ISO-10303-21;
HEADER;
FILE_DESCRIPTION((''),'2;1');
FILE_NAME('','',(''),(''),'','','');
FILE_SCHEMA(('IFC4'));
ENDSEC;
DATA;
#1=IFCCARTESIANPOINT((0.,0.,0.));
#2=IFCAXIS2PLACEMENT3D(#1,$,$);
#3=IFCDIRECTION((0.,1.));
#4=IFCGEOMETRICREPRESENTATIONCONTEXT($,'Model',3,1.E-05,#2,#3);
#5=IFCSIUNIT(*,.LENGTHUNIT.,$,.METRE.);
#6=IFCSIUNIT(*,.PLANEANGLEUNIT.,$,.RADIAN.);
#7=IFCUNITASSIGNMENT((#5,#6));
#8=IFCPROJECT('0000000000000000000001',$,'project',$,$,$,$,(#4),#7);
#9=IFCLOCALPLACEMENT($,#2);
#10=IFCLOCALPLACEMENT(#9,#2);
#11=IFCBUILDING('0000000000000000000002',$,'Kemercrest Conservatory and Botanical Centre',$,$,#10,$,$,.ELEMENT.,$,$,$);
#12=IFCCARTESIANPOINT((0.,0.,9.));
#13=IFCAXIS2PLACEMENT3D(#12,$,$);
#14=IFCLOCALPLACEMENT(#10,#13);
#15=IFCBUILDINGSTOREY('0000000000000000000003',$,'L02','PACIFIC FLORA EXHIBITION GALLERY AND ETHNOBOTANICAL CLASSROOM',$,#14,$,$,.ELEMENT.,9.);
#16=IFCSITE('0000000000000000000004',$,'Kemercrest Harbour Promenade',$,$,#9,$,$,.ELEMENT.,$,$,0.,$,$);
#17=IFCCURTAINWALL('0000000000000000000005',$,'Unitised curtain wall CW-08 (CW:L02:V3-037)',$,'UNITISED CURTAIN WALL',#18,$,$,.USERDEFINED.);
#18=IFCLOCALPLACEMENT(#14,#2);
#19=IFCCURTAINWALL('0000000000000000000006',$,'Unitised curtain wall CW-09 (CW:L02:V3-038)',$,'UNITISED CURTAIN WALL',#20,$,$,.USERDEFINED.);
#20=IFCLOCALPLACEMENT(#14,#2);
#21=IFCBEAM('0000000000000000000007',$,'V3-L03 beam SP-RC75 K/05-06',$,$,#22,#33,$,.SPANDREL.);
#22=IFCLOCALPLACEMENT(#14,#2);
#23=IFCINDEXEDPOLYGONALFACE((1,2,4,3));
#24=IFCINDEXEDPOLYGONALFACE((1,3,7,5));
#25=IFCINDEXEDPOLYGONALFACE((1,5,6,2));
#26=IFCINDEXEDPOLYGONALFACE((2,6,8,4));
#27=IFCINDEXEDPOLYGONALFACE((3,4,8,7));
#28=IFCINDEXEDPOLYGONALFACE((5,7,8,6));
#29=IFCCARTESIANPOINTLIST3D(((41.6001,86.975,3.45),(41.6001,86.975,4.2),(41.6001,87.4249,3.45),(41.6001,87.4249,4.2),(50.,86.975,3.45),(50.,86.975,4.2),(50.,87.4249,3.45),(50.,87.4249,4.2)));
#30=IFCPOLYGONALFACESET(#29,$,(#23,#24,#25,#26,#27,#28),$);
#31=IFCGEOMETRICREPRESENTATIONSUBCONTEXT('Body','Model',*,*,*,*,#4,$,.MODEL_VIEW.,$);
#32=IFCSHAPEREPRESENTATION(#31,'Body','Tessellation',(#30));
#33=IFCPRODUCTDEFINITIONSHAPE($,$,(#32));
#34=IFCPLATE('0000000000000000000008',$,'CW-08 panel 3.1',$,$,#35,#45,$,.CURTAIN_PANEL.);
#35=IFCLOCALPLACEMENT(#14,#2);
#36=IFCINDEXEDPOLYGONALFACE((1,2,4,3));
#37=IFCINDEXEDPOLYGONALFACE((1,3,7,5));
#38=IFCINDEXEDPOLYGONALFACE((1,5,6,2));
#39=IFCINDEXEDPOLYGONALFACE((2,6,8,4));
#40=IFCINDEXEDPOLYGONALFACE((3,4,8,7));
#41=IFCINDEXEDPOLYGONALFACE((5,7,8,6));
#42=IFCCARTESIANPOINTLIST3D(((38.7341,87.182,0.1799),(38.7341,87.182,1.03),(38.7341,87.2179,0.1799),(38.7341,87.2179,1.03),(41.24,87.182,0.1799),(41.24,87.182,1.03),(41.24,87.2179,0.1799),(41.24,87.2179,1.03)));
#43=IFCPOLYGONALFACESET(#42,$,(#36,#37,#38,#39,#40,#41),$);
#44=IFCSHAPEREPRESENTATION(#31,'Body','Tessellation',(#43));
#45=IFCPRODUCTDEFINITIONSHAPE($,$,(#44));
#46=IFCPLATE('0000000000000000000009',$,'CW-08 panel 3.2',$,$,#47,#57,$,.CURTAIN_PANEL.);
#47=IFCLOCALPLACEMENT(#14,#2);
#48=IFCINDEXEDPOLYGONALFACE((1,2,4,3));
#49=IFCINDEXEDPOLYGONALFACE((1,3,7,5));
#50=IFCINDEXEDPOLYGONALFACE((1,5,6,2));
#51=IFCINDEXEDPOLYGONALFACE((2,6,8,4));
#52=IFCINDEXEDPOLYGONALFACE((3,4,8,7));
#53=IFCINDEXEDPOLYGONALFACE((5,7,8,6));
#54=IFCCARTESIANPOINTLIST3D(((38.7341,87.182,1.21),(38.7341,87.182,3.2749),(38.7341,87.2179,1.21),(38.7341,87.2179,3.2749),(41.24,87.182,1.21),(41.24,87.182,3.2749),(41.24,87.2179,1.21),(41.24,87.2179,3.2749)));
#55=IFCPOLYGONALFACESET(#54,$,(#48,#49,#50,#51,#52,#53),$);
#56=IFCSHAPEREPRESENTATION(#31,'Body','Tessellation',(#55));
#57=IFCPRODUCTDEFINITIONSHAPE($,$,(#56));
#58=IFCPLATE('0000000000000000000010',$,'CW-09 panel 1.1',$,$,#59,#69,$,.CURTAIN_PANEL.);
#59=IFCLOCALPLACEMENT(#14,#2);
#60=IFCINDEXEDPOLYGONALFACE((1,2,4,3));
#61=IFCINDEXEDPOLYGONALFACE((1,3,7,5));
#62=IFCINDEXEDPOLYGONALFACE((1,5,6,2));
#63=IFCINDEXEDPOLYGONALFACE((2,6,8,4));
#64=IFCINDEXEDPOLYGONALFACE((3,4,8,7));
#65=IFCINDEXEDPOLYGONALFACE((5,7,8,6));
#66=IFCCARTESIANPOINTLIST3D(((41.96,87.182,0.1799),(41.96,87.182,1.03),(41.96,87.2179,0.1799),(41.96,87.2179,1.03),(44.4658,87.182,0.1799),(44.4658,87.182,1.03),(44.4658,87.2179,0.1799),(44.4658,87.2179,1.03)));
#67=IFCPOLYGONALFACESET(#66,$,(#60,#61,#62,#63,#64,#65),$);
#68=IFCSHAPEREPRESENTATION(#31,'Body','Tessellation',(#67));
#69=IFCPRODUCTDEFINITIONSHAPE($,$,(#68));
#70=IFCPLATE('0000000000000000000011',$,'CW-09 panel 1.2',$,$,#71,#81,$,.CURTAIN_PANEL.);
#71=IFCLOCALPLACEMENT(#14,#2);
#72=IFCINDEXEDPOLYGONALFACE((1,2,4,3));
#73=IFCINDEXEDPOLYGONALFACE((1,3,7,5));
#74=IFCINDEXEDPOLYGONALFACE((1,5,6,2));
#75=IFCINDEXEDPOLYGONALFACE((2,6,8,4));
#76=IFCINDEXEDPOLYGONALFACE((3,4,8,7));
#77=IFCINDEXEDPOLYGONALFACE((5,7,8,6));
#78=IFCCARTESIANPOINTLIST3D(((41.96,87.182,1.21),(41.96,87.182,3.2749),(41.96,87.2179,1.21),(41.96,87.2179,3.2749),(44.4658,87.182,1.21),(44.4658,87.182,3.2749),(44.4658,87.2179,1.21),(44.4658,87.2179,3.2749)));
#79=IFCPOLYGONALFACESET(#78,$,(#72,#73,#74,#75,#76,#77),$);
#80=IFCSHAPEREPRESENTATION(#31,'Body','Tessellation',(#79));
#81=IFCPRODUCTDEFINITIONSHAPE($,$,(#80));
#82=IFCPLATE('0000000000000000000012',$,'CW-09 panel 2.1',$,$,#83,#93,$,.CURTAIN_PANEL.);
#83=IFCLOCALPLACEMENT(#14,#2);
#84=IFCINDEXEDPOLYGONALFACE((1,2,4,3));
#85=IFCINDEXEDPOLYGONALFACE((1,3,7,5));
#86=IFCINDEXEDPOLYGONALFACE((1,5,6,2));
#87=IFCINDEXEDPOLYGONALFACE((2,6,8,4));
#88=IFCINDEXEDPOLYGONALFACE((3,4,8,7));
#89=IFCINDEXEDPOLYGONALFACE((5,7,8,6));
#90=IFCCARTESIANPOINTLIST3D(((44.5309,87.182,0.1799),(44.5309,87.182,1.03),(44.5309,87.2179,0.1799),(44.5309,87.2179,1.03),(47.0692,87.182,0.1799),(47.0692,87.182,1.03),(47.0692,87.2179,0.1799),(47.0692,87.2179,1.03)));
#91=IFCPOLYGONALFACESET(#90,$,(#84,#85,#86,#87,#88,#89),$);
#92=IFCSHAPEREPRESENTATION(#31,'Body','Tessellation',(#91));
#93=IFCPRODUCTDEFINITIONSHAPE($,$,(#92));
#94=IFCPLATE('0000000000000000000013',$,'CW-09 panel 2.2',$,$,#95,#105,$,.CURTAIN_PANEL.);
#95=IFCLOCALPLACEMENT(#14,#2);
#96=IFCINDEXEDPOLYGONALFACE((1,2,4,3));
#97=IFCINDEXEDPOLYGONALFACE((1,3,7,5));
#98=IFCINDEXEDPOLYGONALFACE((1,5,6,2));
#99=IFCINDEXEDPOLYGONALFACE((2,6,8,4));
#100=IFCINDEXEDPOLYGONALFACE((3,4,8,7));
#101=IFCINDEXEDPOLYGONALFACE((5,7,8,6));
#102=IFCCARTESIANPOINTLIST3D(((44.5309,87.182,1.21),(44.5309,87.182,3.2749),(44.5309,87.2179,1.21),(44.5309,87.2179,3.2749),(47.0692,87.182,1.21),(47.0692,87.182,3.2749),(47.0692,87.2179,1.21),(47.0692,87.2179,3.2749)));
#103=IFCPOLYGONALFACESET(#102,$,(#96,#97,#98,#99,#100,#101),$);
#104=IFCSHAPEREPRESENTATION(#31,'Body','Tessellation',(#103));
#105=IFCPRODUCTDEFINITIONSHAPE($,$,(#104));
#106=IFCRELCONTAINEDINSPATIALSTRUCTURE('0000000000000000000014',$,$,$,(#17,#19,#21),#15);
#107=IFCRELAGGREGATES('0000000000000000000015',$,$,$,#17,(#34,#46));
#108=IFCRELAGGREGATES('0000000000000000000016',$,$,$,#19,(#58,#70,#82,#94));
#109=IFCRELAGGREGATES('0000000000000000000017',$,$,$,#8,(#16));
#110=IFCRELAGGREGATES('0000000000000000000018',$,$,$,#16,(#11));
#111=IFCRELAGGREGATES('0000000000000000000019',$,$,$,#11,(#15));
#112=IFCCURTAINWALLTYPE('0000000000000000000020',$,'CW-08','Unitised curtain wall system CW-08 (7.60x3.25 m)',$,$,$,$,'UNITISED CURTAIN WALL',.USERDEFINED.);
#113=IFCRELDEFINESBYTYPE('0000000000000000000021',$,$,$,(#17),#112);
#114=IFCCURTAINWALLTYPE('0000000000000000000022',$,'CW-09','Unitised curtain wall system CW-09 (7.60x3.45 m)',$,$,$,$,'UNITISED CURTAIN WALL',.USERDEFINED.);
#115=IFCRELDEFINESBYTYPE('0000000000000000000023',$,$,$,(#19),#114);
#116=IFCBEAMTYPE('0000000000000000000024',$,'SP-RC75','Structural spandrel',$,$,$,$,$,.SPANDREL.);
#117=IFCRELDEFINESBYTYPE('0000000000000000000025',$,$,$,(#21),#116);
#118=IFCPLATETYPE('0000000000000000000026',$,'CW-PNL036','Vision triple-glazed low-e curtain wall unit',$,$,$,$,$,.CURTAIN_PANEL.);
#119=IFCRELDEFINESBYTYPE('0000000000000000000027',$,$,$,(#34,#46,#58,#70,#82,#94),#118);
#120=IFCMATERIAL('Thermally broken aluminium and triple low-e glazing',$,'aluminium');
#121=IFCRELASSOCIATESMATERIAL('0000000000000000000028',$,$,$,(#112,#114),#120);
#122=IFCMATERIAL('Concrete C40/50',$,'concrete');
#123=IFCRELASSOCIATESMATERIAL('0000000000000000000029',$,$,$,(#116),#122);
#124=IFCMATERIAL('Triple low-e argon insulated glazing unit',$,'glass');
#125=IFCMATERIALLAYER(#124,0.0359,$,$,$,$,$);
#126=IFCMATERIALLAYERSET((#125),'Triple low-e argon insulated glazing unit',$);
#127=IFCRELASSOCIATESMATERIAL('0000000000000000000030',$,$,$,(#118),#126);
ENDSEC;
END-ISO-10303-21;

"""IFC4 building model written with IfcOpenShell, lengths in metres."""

from ifc_helpers import new_model, si_unit, direction, frame, origin, origin_2d, place, context, subcontext, project, spatial, rectangle, extrude, material, layer, layer_set, material_profile, profile_set, type_object, element, aggregate, save


model = new_model("IFC4")

# Units and contexts
model_context = context("Model", 3, precision=1e-05, world=origin(), true_north=direction((0.0, 1.0)))
body_context = subcontext(model_context, "Body", "Model", "MODEL_VIEW")
ifc_project = project(units=[si_unit("LENGTHUNIT", "METRE"), si_unit("PLANEANGLEUNIT", "RADIAN")], contexts=[model_context])

# Site, building, storey
site_placement = place(None, origin())
site = spatial("IfcSite", under=ifc_project, at=site_placement, Name="Kemercrest Harbour Promenade", CompositionType="ELEMENT", RefElevation=0.0)
building_placement = place(site_placement, origin())
building = spatial("IfcBuilding", under=site, at=building_placement, Name="Kemercrest Conservatory and Botanical Centre", CompositionType="ELEMENT")
storey_placement = place(building_placement, frame((0.0, 0.0, 9.0)))
storey = spatial("IfcBuildingStorey", under=building, at=storey_placement, Name="L02", Description="PACIFIC FLORA EXHIBITION GALLERY AND ETHNOBOTANICAL CLASSROOM", CompositionType="ELEMENT", Elevation=9.0)

# Shared definitions
ifc_material_1 = material(Name="Concrete C40/50", Category="concrete")

# Curtain wall
ifc_material_2 = material(Name="Thermally broken aluminium and triple low-e glazing", Category="aluminium")
curtain_wall_type_1 = type_object("IfcCurtainWallType", Name="CW-08", Description="Unitised curtain wall system CW-08 (7.60x3.25 m)", ElementType="UNITISED CURTAIN WALL", PredefinedType="USERDEFINED", material=ifc_material_2)
curtain_wall_1_placement = place(storey_placement, origin())
curtain_wall_1 = element("IfcCurtainWall", 1, at=curtain_wall_1_placement, inside=storey, type_object=curtain_wall_type_1, Name="Unitised curtain wall CW-08 (CW:L02:V3-037)", ObjectType="UNITISED CURTAIN WALL", PredefinedType="USERDEFINED")

# Curtain wall
curtain_wall_type_2 = type_object("IfcCurtainWallType", Name="CW-09", Description="Unitised curtain wall system CW-09 (7.60x3.45 m)", ElementType="UNITISED CURTAIN WALL", PredefinedType="USERDEFINED", material=ifc_material_2)
curtain_wall_2_placement = place(storey_placement, origin())
curtain_wall_2 = element("IfcCurtainWall", 2, at=curtain_wall_2_placement, inside=storey, type_object=curtain_wall_type_2, Name="Unitised curtain wall CW-09 (CW:L02:V3-038)", ObjectType="UNITISED CURTAIN WALL", PredefinedType="USERDEFINED")

# Beam
ifc_material_profile_1 = material_profile(ifc_material_1, rectangle(XDim=0.45, YDim=0.75, at=origin_2d()), Name="RC 450x750")
ifc_profile_set_1 = profile_set([ifc_material_profile_1], Name="Concrete C40/50")
beam_type_1 = type_object("IfcBeamType", Name="SP-RC75", Description="Structural spandrel", PredefinedType="SPANDREL", material=ifc_profile_set_1)
beam_1_placement = place(storey_placement, frame((41.6001, 87.2, 3.825), z_axis=(1.0, 0.0, 0.0), x_axis=(0.0, 1.0, 0.0)))
element("IfcBeam", 3, at=beam_1_placement, inside=storey, type_object=beam_type_1, Name="V3-L03 beam SP-RC75 K/05-06", PredefinedType="SPANDREL", context=body_context, shape_type="SweptSolid", body=[
    extrude(rectangle(XDim=0.45, YDim=0.75, at=origin_2d()), origin(), (0.0, 0.0, 1.0), 8.3999),
])

# Plates
ifc_material_3 = material(Name="Triple low-e argon insulated glazing unit", Category="glass")
ifc_layer = layer(ifc_material_3, 0.0359)
ifc_layer_set = layer_set([ifc_layer], Name="Triple low-e argon insulated glazing unit")
plate_type = type_object("IfcPlateType", Name="CW-PNL036", Description="Vision triple-glazed low-e curtain wall unit", PredefinedType="CURTAIN_PANEL", material=ifc_layer_set)
plate_1_placement = place(storey_placement, frame((39.9871, 87.2, 0.1799), z_axis=(0.0, 0.0, 1.0), x_axis=(1.0, 0.0, 0.0)))
plate_1 = element("IfcPlate", 4, at=plate_1_placement, type_object=plate_type, Name="CW-08 panel 3.1", PredefinedType="CURTAIN_PANEL", context=body_context, shape_type="SweptSolid", body=[
    extrude(rectangle(XDim=2.5059, YDim=0.0359, at=origin_2d()), origin(), (0.0, 0.0, 1.0), 0.8501),
])
plate_2_placement = place(storey_placement, frame((39.9871, 87.2, 1.21), z_axis=(0.0, 0.0, 1.0), x_axis=(1.0, 0.0, 0.0)))
plate_2 = element("IfcPlate", 5, at=plate_2_placement, type_object=plate_type, Name="CW-08 panel 3.2", PredefinedType="CURTAIN_PANEL", context=body_context, shape_type="SweptSolid", body=[
    extrude(rectangle(XDim=2.5059, YDim=0.0359, at=origin_2d()), origin(), (0.0, 0.0, 1.0), 2.0649),
])
aggregate(curtain_wall_1, [plate_1, plate_2])
plate_3_placement = place(storey_placement, frame((43.2129, 87.2, 0.1799), z_axis=(0.0, 0.0, 1.0), x_axis=(1.0, 0.0, 0.0)))
plate_3 = element("IfcPlate", 6, at=plate_3_placement, type_object=plate_type, Name="CW-09 panel 1.1", PredefinedType="CURTAIN_PANEL", context=body_context, shape_type="SweptSolid", body=[
    extrude(rectangle(XDim=2.5059, YDim=0.0359, at=origin_2d()), origin(), (0.0, 0.0, 1.0), 0.8501),
])
plate_4_placement = place(storey_placement, frame((43.2129, 87.2, 1.21), z_axis=(0.0, 0.0, 1.0), x_axis=(1.0, 0.0, 0.0)))
plate_4 = element("IfcPlate", 7, at=plate_4_placement, type_object=plate_type, Name="CW-09 panel 1.2", PredefinedType="CURTAIN_PANEL", context=body_context, shape_type="SweptSolid", body=[
    extrude(rectangle(XDim=2.5059, YDim=0.0359, at=origin_2d()), origin(), (0.0, 0.0, 1.0), 2.0649),
])
plate_5_placement = place(storey_placement, frame((45.8, 87.2, 0.1799), z_axis=(0.0, 0.0, 1.0), x_axis=(1.0, 0.0, 0.0)))
plate_5 = element("IfcPlate", 8, at=plate_5_placement, type_object=plate_type, Name="CW-09 panel 2.1", PredefinedType="CURTAIN_PANEL", context=body_context, shape_type="SweptSolid", body=[
    extrude(rectangle(XDim=2.5383, YDim=0.0359, at=origin_2d()), origin(), (0.0, 0.0, 1.0), 0.8501),
])
plate_6_placement = place(storey_placement, frame((45.8, 87.2, 1.21), z_axis=(0.0, 0.0, 1.0), x_axis=(1.0, 0.0, 0.0)))
plate_6 = element("IfcPlate", 9, at=plate_6_placement, type_object=plate_type, Name="CW-09 panel 2.2", PredefinedType="CURTAIN_PANEL", context=body_context, shape_type="SweptSolid", body=[
    extrude(rectangle(XDim=2.5383, YDim=0.0359, at=origin_2d()), origin(), (0.0, 0.0, 1.0), 2.0649),
])
aggregate(curtain_wall_2, [plate_3, plate_4, plate_5, plate_6])

save(model, "model.ifc")
